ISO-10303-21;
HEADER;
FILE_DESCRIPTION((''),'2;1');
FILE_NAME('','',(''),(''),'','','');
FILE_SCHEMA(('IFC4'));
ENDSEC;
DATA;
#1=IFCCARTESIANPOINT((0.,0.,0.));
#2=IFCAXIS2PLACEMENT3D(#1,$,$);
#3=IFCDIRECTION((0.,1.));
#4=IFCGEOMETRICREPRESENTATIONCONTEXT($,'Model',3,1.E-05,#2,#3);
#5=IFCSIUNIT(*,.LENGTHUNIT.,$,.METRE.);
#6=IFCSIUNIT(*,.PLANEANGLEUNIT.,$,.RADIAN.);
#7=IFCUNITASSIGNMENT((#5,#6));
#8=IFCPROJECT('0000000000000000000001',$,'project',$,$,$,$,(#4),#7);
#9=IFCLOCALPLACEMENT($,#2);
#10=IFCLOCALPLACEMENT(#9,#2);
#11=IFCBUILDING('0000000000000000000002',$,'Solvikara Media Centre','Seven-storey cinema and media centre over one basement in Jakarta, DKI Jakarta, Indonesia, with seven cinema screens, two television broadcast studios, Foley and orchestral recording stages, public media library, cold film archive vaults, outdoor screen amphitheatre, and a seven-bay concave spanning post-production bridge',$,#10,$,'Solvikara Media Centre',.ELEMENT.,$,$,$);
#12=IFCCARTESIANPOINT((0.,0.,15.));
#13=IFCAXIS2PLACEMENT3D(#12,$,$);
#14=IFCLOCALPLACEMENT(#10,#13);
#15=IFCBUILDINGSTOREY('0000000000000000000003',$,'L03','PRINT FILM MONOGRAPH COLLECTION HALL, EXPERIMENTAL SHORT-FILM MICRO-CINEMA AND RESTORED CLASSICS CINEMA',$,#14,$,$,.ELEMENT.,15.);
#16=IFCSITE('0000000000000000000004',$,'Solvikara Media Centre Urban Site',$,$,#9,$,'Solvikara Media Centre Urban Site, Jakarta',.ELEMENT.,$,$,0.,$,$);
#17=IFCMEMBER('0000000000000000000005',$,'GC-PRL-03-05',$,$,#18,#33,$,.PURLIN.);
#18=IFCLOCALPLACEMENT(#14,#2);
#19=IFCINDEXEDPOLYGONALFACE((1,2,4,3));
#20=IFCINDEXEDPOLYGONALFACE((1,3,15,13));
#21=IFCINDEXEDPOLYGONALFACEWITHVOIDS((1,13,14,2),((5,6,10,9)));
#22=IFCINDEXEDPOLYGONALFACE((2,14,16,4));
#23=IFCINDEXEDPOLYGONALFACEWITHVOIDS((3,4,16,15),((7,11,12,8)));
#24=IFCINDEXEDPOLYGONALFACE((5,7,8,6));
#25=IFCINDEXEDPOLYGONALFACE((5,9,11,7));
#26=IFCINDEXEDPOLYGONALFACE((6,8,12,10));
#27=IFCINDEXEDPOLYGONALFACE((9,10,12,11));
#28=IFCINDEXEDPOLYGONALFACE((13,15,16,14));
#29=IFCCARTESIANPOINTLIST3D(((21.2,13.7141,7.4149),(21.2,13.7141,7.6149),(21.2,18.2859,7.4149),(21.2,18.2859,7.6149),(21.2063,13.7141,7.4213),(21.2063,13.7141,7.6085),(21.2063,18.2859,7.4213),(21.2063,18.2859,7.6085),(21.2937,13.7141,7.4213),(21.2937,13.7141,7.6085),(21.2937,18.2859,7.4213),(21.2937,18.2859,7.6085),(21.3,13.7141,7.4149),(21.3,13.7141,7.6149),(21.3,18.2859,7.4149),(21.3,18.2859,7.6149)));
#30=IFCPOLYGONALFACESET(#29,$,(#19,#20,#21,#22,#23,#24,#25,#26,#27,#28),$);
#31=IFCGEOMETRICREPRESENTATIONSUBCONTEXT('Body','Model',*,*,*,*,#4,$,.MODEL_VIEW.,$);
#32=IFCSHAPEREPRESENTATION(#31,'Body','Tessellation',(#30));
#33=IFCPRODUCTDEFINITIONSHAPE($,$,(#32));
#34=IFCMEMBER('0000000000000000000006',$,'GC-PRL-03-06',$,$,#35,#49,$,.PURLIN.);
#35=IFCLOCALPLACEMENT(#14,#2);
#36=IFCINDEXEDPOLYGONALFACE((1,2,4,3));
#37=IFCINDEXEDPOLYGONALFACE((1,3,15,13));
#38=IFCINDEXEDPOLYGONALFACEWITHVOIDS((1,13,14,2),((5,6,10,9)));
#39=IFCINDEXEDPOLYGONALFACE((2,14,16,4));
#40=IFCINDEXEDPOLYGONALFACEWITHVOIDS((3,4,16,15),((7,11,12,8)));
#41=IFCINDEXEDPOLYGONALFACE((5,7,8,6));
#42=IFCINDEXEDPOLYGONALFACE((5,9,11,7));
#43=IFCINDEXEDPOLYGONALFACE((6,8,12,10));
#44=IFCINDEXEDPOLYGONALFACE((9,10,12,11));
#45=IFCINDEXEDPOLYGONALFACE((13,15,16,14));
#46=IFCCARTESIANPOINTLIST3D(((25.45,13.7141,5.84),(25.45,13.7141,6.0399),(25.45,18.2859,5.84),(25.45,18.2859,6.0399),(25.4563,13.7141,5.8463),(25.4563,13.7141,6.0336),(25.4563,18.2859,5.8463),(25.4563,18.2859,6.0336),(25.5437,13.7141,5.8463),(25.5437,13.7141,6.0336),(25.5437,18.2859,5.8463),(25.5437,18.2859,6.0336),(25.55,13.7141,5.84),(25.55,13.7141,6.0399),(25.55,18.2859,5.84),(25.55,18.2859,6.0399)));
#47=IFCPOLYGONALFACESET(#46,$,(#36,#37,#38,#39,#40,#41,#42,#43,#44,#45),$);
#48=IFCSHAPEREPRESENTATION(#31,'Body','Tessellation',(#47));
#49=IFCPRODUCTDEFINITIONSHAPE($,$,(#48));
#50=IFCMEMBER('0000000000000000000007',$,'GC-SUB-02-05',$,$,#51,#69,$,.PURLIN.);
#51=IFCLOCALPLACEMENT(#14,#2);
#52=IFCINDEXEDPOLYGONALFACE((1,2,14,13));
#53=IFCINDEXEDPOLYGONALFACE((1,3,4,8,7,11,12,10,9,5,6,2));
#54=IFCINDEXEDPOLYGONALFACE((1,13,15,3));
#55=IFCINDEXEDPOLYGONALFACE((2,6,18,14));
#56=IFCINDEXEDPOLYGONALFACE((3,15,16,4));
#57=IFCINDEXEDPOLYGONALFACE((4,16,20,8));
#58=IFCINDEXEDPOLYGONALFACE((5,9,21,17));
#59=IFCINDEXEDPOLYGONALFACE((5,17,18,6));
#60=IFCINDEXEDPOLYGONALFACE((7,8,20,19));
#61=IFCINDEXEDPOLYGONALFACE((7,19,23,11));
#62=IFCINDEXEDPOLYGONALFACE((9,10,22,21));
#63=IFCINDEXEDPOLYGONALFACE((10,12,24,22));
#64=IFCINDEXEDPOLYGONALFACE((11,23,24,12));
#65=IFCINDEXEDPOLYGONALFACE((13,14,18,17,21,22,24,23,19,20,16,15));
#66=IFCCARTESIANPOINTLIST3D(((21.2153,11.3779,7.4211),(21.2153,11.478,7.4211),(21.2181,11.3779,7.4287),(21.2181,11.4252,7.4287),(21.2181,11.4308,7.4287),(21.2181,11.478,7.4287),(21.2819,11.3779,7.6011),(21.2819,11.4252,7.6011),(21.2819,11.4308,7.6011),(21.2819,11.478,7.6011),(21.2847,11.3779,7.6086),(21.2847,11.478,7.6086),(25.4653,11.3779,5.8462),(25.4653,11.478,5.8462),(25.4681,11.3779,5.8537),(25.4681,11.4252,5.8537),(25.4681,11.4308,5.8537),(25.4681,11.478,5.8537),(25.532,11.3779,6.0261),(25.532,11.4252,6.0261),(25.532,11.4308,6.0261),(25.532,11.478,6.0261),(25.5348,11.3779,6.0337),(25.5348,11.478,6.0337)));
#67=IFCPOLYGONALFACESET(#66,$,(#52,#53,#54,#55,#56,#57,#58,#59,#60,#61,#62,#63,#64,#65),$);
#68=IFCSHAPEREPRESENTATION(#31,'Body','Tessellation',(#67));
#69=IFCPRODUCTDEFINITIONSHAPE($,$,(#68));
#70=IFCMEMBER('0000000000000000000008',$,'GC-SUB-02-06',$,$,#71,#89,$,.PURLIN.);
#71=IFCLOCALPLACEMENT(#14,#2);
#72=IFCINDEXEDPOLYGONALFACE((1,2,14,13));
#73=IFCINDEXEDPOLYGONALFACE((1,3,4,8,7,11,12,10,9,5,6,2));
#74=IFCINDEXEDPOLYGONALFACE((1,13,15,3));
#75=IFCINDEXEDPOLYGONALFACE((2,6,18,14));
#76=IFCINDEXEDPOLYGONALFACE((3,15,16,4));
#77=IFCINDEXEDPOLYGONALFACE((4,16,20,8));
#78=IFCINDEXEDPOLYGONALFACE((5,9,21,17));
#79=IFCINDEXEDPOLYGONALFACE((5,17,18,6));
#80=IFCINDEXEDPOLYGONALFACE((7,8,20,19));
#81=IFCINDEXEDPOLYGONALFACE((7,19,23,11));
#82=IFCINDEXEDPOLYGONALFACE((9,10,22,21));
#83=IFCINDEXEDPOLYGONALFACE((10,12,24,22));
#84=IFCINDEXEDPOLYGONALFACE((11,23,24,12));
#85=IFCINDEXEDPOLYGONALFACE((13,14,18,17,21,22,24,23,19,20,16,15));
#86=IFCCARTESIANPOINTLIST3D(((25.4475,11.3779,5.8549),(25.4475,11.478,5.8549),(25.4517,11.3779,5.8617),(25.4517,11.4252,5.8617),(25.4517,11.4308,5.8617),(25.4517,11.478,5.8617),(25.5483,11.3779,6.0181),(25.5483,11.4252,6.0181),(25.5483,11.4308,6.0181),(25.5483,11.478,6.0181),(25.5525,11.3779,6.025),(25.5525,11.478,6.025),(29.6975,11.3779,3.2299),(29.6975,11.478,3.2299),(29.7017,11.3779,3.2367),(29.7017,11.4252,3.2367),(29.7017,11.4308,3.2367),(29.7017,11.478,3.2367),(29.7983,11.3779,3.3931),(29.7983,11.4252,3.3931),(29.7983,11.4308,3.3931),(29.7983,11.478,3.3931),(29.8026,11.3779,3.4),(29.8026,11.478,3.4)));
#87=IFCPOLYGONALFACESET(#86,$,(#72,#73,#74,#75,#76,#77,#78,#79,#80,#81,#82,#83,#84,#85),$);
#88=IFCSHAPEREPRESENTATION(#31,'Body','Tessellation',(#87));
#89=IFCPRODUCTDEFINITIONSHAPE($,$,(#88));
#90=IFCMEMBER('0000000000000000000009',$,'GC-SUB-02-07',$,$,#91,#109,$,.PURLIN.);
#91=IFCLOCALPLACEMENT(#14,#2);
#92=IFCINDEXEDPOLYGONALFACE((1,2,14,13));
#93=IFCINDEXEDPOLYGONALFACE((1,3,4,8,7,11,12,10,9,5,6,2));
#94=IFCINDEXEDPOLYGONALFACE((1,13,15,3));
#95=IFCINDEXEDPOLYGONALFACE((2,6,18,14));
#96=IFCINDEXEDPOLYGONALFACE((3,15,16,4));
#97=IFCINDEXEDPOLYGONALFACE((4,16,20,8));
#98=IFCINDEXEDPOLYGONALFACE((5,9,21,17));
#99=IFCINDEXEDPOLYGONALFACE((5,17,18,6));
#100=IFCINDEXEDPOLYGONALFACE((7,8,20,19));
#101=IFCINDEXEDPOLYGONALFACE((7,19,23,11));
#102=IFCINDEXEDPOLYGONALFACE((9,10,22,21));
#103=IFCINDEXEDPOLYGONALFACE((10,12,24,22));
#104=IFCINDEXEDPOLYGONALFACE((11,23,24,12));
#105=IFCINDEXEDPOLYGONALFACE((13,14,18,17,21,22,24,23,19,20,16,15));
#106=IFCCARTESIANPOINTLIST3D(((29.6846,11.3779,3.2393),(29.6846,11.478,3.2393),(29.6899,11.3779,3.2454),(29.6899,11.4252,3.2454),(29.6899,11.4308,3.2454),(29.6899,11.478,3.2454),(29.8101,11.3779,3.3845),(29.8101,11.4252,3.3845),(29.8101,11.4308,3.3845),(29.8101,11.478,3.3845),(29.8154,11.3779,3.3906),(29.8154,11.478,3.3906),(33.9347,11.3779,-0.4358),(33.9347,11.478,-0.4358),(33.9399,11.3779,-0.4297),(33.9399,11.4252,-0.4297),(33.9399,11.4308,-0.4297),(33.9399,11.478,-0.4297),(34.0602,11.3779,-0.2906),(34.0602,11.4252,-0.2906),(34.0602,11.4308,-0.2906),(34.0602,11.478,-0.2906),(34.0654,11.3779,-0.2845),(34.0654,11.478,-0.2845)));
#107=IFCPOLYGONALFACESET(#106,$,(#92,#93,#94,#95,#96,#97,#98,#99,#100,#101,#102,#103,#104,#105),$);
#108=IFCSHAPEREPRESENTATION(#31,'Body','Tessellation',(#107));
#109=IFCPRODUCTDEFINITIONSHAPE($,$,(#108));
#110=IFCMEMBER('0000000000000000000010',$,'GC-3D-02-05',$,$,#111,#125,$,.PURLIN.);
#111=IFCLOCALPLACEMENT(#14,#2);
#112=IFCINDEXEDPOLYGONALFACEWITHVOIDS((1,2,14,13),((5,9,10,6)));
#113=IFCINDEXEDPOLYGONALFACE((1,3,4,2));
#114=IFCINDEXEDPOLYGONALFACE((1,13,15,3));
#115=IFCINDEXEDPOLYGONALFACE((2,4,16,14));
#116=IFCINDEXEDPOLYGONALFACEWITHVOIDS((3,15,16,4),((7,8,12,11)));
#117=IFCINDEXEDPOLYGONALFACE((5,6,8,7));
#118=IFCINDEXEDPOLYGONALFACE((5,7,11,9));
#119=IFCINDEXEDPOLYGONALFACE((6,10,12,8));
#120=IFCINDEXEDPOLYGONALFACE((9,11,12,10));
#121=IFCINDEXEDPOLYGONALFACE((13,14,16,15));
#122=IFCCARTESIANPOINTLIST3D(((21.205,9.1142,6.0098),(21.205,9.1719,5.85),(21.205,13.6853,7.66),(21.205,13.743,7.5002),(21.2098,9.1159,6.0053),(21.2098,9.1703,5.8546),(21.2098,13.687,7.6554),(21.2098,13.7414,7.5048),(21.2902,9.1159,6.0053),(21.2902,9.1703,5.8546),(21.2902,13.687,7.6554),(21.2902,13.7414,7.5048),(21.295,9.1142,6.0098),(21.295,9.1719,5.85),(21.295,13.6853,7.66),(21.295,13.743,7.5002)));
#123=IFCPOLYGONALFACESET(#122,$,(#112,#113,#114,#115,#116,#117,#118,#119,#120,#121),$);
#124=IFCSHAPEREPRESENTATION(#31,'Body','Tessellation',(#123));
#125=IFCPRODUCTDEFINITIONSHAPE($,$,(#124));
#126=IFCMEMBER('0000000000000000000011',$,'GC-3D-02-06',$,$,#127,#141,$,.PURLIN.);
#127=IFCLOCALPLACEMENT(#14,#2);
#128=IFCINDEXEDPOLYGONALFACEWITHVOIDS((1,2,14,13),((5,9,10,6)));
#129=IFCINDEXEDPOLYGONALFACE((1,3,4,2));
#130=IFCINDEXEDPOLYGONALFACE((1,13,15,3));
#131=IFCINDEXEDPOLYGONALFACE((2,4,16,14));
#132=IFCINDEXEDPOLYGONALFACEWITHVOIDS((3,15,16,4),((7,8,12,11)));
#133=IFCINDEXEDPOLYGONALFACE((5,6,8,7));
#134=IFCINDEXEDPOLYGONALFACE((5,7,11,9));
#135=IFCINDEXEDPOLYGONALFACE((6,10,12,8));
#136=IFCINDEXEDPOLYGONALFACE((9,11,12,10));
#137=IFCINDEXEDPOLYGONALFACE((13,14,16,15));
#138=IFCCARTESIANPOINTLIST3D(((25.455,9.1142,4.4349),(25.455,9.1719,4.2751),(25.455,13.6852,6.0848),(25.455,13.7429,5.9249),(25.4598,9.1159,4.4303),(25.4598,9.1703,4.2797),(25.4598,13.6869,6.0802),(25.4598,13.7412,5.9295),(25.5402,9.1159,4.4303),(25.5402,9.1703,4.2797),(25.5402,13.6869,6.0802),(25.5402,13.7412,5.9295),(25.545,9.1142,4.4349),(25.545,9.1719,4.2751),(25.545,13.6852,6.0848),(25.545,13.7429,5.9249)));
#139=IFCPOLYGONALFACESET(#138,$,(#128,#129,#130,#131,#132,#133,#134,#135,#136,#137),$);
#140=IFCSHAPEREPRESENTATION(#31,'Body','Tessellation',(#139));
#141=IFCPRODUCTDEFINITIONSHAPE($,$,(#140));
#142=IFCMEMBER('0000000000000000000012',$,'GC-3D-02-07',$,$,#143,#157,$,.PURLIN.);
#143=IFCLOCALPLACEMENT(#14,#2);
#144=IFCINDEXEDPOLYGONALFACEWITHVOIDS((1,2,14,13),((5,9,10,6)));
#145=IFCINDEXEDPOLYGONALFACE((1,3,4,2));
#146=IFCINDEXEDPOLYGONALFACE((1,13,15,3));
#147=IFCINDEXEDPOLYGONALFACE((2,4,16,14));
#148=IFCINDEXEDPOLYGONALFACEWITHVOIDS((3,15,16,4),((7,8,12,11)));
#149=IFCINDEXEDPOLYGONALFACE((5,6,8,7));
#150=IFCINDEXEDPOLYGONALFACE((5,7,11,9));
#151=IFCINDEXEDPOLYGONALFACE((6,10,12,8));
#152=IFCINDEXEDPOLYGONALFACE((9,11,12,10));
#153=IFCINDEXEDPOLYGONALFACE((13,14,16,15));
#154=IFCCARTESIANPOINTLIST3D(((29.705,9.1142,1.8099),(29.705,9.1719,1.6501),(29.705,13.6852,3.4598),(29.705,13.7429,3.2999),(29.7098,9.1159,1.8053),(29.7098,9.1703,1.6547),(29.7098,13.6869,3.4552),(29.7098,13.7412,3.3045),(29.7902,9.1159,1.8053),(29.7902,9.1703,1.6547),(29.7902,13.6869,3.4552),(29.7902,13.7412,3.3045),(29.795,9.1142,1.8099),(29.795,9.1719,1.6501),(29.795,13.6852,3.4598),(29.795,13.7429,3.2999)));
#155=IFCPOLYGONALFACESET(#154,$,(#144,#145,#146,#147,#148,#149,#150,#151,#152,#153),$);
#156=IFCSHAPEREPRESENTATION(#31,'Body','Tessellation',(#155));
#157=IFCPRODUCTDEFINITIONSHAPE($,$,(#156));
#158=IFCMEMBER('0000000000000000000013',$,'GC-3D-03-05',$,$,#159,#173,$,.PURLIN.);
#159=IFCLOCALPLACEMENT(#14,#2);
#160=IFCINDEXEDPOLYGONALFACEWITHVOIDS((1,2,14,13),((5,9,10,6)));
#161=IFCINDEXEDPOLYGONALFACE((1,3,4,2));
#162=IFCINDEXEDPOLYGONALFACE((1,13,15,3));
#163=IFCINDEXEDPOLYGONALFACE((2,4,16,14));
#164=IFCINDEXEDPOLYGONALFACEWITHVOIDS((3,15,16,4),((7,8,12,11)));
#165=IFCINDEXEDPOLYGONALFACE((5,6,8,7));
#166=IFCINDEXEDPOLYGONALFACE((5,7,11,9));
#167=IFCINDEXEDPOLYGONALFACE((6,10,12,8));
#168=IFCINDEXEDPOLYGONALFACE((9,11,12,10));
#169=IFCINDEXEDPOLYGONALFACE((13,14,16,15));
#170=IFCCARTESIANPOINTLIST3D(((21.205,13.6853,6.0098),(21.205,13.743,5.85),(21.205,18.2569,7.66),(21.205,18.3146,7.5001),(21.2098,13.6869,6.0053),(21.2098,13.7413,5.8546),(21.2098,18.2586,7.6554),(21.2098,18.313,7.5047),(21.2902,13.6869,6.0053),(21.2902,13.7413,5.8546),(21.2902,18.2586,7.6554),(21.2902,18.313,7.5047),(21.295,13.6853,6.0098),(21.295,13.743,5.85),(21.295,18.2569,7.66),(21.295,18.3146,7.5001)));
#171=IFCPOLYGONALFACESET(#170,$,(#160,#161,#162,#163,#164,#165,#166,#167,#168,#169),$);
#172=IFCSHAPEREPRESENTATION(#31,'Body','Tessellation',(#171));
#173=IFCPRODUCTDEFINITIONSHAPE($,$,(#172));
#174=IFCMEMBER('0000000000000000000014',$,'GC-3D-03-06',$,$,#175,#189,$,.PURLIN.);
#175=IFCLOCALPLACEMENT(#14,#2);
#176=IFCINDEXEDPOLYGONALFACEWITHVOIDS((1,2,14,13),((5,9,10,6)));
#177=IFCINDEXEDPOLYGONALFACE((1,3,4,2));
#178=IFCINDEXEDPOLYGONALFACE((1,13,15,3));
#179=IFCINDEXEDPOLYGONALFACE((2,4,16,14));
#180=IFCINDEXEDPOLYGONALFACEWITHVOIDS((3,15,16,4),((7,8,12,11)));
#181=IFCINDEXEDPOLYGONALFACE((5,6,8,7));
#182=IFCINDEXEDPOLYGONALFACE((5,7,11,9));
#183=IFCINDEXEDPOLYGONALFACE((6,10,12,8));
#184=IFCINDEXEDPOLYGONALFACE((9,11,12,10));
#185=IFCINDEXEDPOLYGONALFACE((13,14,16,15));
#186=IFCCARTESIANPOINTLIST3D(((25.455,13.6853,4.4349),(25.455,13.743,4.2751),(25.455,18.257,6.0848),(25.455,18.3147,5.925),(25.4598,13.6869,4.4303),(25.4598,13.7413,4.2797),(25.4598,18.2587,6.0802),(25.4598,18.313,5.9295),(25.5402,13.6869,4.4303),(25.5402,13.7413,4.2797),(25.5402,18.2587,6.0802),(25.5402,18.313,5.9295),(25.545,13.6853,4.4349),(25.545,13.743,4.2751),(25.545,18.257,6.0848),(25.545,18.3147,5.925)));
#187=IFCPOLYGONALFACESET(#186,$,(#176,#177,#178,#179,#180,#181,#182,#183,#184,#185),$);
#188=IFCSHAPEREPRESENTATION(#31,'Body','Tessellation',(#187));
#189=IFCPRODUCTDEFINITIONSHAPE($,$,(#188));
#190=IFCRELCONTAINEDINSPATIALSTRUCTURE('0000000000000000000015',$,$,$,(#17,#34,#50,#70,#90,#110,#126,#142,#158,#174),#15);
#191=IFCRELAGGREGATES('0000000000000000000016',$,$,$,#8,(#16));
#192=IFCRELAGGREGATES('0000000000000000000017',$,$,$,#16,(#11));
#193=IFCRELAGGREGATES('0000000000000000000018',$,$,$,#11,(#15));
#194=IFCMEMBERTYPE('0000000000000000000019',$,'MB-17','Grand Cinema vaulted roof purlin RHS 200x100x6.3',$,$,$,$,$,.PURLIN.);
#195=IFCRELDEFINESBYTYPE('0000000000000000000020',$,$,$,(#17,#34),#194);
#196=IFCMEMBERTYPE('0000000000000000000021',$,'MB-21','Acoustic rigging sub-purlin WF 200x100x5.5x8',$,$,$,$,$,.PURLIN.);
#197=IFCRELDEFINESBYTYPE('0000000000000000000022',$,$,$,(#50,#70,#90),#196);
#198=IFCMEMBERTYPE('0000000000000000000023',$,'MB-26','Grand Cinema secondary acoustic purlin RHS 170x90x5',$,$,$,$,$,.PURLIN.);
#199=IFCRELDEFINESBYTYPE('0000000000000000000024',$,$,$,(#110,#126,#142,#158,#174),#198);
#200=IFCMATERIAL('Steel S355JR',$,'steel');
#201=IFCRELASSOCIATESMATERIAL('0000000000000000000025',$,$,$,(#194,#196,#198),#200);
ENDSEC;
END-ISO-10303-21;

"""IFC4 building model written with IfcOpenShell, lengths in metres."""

from ifc_helpers import new_model, si_unit, direction, frame, origin, origin_2d, place, context, subcontext, project, spatial, hollow_rectangle, i_section, extrude, material, material_profile, profile_set, type_object, element, save


model = new_model("IFC4")

# Units and contexts
model_context = context("Model", 3, precision=1e-05, world=origin(), true_north=direction((0.0, 1.0)))
body_context = subcontext(model_context, "Body", "Model", "MODEL_VIEW")
ifc_project = project(units=[si_unit("LENGTHUNIT", "METRE"), si_unit("PLANEANGLEUNIT", "RADIAN")], contexts=[model_context])

# Site, building, storey
site_placement = place(None, origin())
site = spatial("IfcSite", under=ifc_project, at=site_placement, Name="Solvikara Media Centre Urban Site", LongName="Solvikara Media Centre Urban Site, Jakarta", CompositionType="ELEMENT", RefElevation=0.0)
building_placement = place(site_placement, origin())
building = spatial("IfcBuilding", under=site, at=building_placement, Name="Solvikara Media Centre", Description="Seven-storey cinema and media centre over one basement in Jakarta, DKI Jakarta, Indonesia, with seven cinema screens, two television broadcast studios, Foley and orchestral recording stages, public media library, cold film archive vaults, outdoor screen amphitheatre, and a seven-bay concave spanning post-production bridge", LongName="Solvikara Media Centre", CompositionType="ELEMENT")
storey_placement = place(building_placement, frame((0.0, 0.0, 15.0)))
storey = spatial("IfcBuildingStorey", under=building, at=storey_placement, Name="L03", Description="PRINT FILM MONOGRAPH COLLECTION HALL, EXPERIMENTAL SHORT-FILM MICRO-CINEMA AND RESTORED CLASSICS CINEMA", CompositionType="ELEMENT", Elevation=15.0)

# Members
ifc_material_1 = material(Name="Steel S355JR", Category="steel")
ifc_material_profile_1 = material_profile(ifc_material_1, hollow_rectangle(XDim=0.1001, YDim=0.2, WallThickness=0.0063, at=origin_2d()), Name="RHS 200x100x6.3")
ifc_profile_set_1 = profile_set([ifc_material_profile_1], Name="Steel S355JR")
member_type_1 = type_object("IfcMemberType", Name="MB-17", Description="Grand Cinema vaulted roof purlin RHS 200x100x6.3", PredefinedType="PURLIN", material=ifc_profile_set_1)
for number, where, z_axis, x_axis, name in (
    (1, (21.25, 13.7141, 7.5149), (0.0, 1.0, 0.0), (-1.0, 0.0, 0.0), "GC-PRL-03-05"),
    (2, (25.5, 13.7141, 5.9399), (0.0, 1.0, 0.0), (-1.0, 0.0, 0.0), "GC-PRL-03-06"),
):
    element("IfcMember", number, at=place(storey_placement, frame(where, z_axis=z_axis, x_axis=x_axis)), inside=storey, type_object=member_type_1, Name=name, PredefinedType="PURLIN", context=body_context, shape_type="SweptSolid", body=[
        extrude(hollow_rectangle(XDim=0.1001, YDim=0.2, WallThickness=0.0063, at=origin_2d()), origin(), (0.0, 0.0, 1.0), 4.5718),
    ])
ifc_material_profile_2 = material_profile(ifc_material_1, i_section(OverallWidth=0.1001, OverallDepth=0.2, WebThickness=0.0056, FlangeThickness=0.0081, at=origin_2d()), Name="WF 200x100x5.5x8")
ifc_profile_set_2 = profile_set([ifc_material_profile_2], Name="Steel S355JR")
member_type_2 = type_object("IfcMemberType", Name="MB-21", Description="Acoustic rigging sub-purlin WF 200x100x5.5x8", PredefinedType="PURLIN", material=ifc_profile_set_2)
member_1_placement = place(storey_placement, frame((21.25, 11.428, 7.5149), z_axis=(0.937686, 0.0, -0.347485), x_axis=(0.0, 1.0, 0.0)))
element("IfcMember", 3, at=member_1_placement, inside=storey, type_object=member_type_2, Name="GC-SUB-02-05", PredefinedType="PURLIN", context=body_context, shape_type="SweptSolid", body=[
    extrude(i_section(OverallWidth=0.1001, OverallDepth=0.2, WebThickness=0.0056, FlangeThickness=0.0081, at=origin_2d()), origin(), (0.0, 0.0, 1.0), 4.5325),
])
member_2_placement = place(storey_placement, frame((25.5, 11.428, 5.9399), z_axis=(0.850798, 0.0, -0.525493), x_axis=(0.0, 1.0, 0.0)))
element("IfcMember", 4, at=member_2_placement, inside=storey, type_object=member_type_2, Name="GC-SUB-02-06", PredefinedType="PURLIN", context=body_context, shape_type="SweptSolid", body=[
    extrude(i_section(OverallWidth=0.1001, OverallDepth=0.2, WebThickness=0.0056, FlangeThickness=0.0081, at=origin_2d()), origin(), (0.0, 0.0, 1.0), 4.9954),
])
member_3_placement = place(storey_placement, frame((29.75, 11.428, 3.3149), z_axis=(0.756418, 0.0, -0.654088), x_axis=(0.0, 1.0, 0.0)))
element("IfcMember", 5, at=member_3_placement, inside=storey, type_object=member_type_2, Name="GC-SUB-02-07", PredefinedType="PURLIN", context=body_context, shape_type="SweptSolid", body=[
    extrude(i_section(OverallWidth=0.1001, OverallDepth=0.2, WebThickness=0.0056, FlangeThickness=0.0081, at=origin_2d()), origin(), (0.0, 0.0, 1.0), 5.6187),
])
ifc_material_profile_3 = material_profile(ifc_material_1, hollow_rectangle(XDim=0.0901, YDim=0.1699, WallThickness=0.0049, at=origin_2d()), Name="RHS 170x90x5")
ifc_profile_set_3 = profile_set([ifc_material_profile_3], Name="Steel S355JR")
member_type_3 = type_object("IfcMemberType", Name="MB-26", Description="Grand Cinema secondary acoustic purlin RHS 170x90x5", PredefinedType="PURLIN", material=ifc_profile_set_3)
member_4_placement = place(storey_placement, frame((21.25, 9.1431, 5.9299), z_axis=(0.0, 0.940587, 0.339552), x_axis=(-1.0, 0.0, 0.0)))
element("IfcMember", 6, at=member_4_placement, inside=storey, type_object=member_type_3, Name="GC-3D-02-05", PredefinedType="PURLIN", context=body_context, shape_type="SweptSolid", body=[
    extrude(hollow_rectangle(XDim=0.0901, YDim=0.1699, WallThickness=0.0049, at=origin_2d()), origin(), (0.0, 0.0, 1.0), 4.8599),
])
for number, where, z_axis, x_axis, name in (
    (7, (25.5, 9.1431, 4.355), (0.0, 0.940603, 0.339507), (-1.0, 0.0, 0.0), "GC-3D-02-06"),
    (8, (29.75, 9.1431, 1.73), (0.0, 0.940603, 0.339507), (-1.0, 0.0, 0.0), "GC-3D-02-07"),
):
    element("IfcMember", number, at=place(storey_placement, frame(where, z_axis=z_axis, x_axis=x_axis)), inside=storey, type_object=member_type_3, Name=name, PredefinedType="PURLIN", context=body_context, shape_type="SweptSolid", body=[
        extrude(hollow_rectangle(XDim=0.0901, YDim=0.1699, WallThickness=0.0049, at=origin_2d()), origin(), (0.0, 0.0, 1.0), 4.8596),
    ])
for number, where, z_axis, x_axis, name in (
    (9, (21.25, 13.7141, 5.9299), (0.0, 0.940605, 0.339504), (-1.0, 0.0, 0.0), "GC-3D-03-05"),
    (10, (25.5, 13.7141, 4.355), (0.0, 0.940621, 0.339459), (-1.0, 0.0, 0.0), "GC-3D-03-06"),
):
    element("IfcMember", number, at=place(storey_placement, frame(where, z_axis=z_axis, x_axis=x_axis)), inside=storey, type_object=member_type_3, Name=name, PredefinedType="PURLIN", context=body_context, shape_type="SweptSolid", body=[
        extrude(hollow_rectangle(XDim=0.0901, YDim=0.1699, WallThickness=0.0049, at=origin_2d()), origin(), (0.0, 0.0, 1.0), 4.8604),
    ])

save(model, "model.ifc")
